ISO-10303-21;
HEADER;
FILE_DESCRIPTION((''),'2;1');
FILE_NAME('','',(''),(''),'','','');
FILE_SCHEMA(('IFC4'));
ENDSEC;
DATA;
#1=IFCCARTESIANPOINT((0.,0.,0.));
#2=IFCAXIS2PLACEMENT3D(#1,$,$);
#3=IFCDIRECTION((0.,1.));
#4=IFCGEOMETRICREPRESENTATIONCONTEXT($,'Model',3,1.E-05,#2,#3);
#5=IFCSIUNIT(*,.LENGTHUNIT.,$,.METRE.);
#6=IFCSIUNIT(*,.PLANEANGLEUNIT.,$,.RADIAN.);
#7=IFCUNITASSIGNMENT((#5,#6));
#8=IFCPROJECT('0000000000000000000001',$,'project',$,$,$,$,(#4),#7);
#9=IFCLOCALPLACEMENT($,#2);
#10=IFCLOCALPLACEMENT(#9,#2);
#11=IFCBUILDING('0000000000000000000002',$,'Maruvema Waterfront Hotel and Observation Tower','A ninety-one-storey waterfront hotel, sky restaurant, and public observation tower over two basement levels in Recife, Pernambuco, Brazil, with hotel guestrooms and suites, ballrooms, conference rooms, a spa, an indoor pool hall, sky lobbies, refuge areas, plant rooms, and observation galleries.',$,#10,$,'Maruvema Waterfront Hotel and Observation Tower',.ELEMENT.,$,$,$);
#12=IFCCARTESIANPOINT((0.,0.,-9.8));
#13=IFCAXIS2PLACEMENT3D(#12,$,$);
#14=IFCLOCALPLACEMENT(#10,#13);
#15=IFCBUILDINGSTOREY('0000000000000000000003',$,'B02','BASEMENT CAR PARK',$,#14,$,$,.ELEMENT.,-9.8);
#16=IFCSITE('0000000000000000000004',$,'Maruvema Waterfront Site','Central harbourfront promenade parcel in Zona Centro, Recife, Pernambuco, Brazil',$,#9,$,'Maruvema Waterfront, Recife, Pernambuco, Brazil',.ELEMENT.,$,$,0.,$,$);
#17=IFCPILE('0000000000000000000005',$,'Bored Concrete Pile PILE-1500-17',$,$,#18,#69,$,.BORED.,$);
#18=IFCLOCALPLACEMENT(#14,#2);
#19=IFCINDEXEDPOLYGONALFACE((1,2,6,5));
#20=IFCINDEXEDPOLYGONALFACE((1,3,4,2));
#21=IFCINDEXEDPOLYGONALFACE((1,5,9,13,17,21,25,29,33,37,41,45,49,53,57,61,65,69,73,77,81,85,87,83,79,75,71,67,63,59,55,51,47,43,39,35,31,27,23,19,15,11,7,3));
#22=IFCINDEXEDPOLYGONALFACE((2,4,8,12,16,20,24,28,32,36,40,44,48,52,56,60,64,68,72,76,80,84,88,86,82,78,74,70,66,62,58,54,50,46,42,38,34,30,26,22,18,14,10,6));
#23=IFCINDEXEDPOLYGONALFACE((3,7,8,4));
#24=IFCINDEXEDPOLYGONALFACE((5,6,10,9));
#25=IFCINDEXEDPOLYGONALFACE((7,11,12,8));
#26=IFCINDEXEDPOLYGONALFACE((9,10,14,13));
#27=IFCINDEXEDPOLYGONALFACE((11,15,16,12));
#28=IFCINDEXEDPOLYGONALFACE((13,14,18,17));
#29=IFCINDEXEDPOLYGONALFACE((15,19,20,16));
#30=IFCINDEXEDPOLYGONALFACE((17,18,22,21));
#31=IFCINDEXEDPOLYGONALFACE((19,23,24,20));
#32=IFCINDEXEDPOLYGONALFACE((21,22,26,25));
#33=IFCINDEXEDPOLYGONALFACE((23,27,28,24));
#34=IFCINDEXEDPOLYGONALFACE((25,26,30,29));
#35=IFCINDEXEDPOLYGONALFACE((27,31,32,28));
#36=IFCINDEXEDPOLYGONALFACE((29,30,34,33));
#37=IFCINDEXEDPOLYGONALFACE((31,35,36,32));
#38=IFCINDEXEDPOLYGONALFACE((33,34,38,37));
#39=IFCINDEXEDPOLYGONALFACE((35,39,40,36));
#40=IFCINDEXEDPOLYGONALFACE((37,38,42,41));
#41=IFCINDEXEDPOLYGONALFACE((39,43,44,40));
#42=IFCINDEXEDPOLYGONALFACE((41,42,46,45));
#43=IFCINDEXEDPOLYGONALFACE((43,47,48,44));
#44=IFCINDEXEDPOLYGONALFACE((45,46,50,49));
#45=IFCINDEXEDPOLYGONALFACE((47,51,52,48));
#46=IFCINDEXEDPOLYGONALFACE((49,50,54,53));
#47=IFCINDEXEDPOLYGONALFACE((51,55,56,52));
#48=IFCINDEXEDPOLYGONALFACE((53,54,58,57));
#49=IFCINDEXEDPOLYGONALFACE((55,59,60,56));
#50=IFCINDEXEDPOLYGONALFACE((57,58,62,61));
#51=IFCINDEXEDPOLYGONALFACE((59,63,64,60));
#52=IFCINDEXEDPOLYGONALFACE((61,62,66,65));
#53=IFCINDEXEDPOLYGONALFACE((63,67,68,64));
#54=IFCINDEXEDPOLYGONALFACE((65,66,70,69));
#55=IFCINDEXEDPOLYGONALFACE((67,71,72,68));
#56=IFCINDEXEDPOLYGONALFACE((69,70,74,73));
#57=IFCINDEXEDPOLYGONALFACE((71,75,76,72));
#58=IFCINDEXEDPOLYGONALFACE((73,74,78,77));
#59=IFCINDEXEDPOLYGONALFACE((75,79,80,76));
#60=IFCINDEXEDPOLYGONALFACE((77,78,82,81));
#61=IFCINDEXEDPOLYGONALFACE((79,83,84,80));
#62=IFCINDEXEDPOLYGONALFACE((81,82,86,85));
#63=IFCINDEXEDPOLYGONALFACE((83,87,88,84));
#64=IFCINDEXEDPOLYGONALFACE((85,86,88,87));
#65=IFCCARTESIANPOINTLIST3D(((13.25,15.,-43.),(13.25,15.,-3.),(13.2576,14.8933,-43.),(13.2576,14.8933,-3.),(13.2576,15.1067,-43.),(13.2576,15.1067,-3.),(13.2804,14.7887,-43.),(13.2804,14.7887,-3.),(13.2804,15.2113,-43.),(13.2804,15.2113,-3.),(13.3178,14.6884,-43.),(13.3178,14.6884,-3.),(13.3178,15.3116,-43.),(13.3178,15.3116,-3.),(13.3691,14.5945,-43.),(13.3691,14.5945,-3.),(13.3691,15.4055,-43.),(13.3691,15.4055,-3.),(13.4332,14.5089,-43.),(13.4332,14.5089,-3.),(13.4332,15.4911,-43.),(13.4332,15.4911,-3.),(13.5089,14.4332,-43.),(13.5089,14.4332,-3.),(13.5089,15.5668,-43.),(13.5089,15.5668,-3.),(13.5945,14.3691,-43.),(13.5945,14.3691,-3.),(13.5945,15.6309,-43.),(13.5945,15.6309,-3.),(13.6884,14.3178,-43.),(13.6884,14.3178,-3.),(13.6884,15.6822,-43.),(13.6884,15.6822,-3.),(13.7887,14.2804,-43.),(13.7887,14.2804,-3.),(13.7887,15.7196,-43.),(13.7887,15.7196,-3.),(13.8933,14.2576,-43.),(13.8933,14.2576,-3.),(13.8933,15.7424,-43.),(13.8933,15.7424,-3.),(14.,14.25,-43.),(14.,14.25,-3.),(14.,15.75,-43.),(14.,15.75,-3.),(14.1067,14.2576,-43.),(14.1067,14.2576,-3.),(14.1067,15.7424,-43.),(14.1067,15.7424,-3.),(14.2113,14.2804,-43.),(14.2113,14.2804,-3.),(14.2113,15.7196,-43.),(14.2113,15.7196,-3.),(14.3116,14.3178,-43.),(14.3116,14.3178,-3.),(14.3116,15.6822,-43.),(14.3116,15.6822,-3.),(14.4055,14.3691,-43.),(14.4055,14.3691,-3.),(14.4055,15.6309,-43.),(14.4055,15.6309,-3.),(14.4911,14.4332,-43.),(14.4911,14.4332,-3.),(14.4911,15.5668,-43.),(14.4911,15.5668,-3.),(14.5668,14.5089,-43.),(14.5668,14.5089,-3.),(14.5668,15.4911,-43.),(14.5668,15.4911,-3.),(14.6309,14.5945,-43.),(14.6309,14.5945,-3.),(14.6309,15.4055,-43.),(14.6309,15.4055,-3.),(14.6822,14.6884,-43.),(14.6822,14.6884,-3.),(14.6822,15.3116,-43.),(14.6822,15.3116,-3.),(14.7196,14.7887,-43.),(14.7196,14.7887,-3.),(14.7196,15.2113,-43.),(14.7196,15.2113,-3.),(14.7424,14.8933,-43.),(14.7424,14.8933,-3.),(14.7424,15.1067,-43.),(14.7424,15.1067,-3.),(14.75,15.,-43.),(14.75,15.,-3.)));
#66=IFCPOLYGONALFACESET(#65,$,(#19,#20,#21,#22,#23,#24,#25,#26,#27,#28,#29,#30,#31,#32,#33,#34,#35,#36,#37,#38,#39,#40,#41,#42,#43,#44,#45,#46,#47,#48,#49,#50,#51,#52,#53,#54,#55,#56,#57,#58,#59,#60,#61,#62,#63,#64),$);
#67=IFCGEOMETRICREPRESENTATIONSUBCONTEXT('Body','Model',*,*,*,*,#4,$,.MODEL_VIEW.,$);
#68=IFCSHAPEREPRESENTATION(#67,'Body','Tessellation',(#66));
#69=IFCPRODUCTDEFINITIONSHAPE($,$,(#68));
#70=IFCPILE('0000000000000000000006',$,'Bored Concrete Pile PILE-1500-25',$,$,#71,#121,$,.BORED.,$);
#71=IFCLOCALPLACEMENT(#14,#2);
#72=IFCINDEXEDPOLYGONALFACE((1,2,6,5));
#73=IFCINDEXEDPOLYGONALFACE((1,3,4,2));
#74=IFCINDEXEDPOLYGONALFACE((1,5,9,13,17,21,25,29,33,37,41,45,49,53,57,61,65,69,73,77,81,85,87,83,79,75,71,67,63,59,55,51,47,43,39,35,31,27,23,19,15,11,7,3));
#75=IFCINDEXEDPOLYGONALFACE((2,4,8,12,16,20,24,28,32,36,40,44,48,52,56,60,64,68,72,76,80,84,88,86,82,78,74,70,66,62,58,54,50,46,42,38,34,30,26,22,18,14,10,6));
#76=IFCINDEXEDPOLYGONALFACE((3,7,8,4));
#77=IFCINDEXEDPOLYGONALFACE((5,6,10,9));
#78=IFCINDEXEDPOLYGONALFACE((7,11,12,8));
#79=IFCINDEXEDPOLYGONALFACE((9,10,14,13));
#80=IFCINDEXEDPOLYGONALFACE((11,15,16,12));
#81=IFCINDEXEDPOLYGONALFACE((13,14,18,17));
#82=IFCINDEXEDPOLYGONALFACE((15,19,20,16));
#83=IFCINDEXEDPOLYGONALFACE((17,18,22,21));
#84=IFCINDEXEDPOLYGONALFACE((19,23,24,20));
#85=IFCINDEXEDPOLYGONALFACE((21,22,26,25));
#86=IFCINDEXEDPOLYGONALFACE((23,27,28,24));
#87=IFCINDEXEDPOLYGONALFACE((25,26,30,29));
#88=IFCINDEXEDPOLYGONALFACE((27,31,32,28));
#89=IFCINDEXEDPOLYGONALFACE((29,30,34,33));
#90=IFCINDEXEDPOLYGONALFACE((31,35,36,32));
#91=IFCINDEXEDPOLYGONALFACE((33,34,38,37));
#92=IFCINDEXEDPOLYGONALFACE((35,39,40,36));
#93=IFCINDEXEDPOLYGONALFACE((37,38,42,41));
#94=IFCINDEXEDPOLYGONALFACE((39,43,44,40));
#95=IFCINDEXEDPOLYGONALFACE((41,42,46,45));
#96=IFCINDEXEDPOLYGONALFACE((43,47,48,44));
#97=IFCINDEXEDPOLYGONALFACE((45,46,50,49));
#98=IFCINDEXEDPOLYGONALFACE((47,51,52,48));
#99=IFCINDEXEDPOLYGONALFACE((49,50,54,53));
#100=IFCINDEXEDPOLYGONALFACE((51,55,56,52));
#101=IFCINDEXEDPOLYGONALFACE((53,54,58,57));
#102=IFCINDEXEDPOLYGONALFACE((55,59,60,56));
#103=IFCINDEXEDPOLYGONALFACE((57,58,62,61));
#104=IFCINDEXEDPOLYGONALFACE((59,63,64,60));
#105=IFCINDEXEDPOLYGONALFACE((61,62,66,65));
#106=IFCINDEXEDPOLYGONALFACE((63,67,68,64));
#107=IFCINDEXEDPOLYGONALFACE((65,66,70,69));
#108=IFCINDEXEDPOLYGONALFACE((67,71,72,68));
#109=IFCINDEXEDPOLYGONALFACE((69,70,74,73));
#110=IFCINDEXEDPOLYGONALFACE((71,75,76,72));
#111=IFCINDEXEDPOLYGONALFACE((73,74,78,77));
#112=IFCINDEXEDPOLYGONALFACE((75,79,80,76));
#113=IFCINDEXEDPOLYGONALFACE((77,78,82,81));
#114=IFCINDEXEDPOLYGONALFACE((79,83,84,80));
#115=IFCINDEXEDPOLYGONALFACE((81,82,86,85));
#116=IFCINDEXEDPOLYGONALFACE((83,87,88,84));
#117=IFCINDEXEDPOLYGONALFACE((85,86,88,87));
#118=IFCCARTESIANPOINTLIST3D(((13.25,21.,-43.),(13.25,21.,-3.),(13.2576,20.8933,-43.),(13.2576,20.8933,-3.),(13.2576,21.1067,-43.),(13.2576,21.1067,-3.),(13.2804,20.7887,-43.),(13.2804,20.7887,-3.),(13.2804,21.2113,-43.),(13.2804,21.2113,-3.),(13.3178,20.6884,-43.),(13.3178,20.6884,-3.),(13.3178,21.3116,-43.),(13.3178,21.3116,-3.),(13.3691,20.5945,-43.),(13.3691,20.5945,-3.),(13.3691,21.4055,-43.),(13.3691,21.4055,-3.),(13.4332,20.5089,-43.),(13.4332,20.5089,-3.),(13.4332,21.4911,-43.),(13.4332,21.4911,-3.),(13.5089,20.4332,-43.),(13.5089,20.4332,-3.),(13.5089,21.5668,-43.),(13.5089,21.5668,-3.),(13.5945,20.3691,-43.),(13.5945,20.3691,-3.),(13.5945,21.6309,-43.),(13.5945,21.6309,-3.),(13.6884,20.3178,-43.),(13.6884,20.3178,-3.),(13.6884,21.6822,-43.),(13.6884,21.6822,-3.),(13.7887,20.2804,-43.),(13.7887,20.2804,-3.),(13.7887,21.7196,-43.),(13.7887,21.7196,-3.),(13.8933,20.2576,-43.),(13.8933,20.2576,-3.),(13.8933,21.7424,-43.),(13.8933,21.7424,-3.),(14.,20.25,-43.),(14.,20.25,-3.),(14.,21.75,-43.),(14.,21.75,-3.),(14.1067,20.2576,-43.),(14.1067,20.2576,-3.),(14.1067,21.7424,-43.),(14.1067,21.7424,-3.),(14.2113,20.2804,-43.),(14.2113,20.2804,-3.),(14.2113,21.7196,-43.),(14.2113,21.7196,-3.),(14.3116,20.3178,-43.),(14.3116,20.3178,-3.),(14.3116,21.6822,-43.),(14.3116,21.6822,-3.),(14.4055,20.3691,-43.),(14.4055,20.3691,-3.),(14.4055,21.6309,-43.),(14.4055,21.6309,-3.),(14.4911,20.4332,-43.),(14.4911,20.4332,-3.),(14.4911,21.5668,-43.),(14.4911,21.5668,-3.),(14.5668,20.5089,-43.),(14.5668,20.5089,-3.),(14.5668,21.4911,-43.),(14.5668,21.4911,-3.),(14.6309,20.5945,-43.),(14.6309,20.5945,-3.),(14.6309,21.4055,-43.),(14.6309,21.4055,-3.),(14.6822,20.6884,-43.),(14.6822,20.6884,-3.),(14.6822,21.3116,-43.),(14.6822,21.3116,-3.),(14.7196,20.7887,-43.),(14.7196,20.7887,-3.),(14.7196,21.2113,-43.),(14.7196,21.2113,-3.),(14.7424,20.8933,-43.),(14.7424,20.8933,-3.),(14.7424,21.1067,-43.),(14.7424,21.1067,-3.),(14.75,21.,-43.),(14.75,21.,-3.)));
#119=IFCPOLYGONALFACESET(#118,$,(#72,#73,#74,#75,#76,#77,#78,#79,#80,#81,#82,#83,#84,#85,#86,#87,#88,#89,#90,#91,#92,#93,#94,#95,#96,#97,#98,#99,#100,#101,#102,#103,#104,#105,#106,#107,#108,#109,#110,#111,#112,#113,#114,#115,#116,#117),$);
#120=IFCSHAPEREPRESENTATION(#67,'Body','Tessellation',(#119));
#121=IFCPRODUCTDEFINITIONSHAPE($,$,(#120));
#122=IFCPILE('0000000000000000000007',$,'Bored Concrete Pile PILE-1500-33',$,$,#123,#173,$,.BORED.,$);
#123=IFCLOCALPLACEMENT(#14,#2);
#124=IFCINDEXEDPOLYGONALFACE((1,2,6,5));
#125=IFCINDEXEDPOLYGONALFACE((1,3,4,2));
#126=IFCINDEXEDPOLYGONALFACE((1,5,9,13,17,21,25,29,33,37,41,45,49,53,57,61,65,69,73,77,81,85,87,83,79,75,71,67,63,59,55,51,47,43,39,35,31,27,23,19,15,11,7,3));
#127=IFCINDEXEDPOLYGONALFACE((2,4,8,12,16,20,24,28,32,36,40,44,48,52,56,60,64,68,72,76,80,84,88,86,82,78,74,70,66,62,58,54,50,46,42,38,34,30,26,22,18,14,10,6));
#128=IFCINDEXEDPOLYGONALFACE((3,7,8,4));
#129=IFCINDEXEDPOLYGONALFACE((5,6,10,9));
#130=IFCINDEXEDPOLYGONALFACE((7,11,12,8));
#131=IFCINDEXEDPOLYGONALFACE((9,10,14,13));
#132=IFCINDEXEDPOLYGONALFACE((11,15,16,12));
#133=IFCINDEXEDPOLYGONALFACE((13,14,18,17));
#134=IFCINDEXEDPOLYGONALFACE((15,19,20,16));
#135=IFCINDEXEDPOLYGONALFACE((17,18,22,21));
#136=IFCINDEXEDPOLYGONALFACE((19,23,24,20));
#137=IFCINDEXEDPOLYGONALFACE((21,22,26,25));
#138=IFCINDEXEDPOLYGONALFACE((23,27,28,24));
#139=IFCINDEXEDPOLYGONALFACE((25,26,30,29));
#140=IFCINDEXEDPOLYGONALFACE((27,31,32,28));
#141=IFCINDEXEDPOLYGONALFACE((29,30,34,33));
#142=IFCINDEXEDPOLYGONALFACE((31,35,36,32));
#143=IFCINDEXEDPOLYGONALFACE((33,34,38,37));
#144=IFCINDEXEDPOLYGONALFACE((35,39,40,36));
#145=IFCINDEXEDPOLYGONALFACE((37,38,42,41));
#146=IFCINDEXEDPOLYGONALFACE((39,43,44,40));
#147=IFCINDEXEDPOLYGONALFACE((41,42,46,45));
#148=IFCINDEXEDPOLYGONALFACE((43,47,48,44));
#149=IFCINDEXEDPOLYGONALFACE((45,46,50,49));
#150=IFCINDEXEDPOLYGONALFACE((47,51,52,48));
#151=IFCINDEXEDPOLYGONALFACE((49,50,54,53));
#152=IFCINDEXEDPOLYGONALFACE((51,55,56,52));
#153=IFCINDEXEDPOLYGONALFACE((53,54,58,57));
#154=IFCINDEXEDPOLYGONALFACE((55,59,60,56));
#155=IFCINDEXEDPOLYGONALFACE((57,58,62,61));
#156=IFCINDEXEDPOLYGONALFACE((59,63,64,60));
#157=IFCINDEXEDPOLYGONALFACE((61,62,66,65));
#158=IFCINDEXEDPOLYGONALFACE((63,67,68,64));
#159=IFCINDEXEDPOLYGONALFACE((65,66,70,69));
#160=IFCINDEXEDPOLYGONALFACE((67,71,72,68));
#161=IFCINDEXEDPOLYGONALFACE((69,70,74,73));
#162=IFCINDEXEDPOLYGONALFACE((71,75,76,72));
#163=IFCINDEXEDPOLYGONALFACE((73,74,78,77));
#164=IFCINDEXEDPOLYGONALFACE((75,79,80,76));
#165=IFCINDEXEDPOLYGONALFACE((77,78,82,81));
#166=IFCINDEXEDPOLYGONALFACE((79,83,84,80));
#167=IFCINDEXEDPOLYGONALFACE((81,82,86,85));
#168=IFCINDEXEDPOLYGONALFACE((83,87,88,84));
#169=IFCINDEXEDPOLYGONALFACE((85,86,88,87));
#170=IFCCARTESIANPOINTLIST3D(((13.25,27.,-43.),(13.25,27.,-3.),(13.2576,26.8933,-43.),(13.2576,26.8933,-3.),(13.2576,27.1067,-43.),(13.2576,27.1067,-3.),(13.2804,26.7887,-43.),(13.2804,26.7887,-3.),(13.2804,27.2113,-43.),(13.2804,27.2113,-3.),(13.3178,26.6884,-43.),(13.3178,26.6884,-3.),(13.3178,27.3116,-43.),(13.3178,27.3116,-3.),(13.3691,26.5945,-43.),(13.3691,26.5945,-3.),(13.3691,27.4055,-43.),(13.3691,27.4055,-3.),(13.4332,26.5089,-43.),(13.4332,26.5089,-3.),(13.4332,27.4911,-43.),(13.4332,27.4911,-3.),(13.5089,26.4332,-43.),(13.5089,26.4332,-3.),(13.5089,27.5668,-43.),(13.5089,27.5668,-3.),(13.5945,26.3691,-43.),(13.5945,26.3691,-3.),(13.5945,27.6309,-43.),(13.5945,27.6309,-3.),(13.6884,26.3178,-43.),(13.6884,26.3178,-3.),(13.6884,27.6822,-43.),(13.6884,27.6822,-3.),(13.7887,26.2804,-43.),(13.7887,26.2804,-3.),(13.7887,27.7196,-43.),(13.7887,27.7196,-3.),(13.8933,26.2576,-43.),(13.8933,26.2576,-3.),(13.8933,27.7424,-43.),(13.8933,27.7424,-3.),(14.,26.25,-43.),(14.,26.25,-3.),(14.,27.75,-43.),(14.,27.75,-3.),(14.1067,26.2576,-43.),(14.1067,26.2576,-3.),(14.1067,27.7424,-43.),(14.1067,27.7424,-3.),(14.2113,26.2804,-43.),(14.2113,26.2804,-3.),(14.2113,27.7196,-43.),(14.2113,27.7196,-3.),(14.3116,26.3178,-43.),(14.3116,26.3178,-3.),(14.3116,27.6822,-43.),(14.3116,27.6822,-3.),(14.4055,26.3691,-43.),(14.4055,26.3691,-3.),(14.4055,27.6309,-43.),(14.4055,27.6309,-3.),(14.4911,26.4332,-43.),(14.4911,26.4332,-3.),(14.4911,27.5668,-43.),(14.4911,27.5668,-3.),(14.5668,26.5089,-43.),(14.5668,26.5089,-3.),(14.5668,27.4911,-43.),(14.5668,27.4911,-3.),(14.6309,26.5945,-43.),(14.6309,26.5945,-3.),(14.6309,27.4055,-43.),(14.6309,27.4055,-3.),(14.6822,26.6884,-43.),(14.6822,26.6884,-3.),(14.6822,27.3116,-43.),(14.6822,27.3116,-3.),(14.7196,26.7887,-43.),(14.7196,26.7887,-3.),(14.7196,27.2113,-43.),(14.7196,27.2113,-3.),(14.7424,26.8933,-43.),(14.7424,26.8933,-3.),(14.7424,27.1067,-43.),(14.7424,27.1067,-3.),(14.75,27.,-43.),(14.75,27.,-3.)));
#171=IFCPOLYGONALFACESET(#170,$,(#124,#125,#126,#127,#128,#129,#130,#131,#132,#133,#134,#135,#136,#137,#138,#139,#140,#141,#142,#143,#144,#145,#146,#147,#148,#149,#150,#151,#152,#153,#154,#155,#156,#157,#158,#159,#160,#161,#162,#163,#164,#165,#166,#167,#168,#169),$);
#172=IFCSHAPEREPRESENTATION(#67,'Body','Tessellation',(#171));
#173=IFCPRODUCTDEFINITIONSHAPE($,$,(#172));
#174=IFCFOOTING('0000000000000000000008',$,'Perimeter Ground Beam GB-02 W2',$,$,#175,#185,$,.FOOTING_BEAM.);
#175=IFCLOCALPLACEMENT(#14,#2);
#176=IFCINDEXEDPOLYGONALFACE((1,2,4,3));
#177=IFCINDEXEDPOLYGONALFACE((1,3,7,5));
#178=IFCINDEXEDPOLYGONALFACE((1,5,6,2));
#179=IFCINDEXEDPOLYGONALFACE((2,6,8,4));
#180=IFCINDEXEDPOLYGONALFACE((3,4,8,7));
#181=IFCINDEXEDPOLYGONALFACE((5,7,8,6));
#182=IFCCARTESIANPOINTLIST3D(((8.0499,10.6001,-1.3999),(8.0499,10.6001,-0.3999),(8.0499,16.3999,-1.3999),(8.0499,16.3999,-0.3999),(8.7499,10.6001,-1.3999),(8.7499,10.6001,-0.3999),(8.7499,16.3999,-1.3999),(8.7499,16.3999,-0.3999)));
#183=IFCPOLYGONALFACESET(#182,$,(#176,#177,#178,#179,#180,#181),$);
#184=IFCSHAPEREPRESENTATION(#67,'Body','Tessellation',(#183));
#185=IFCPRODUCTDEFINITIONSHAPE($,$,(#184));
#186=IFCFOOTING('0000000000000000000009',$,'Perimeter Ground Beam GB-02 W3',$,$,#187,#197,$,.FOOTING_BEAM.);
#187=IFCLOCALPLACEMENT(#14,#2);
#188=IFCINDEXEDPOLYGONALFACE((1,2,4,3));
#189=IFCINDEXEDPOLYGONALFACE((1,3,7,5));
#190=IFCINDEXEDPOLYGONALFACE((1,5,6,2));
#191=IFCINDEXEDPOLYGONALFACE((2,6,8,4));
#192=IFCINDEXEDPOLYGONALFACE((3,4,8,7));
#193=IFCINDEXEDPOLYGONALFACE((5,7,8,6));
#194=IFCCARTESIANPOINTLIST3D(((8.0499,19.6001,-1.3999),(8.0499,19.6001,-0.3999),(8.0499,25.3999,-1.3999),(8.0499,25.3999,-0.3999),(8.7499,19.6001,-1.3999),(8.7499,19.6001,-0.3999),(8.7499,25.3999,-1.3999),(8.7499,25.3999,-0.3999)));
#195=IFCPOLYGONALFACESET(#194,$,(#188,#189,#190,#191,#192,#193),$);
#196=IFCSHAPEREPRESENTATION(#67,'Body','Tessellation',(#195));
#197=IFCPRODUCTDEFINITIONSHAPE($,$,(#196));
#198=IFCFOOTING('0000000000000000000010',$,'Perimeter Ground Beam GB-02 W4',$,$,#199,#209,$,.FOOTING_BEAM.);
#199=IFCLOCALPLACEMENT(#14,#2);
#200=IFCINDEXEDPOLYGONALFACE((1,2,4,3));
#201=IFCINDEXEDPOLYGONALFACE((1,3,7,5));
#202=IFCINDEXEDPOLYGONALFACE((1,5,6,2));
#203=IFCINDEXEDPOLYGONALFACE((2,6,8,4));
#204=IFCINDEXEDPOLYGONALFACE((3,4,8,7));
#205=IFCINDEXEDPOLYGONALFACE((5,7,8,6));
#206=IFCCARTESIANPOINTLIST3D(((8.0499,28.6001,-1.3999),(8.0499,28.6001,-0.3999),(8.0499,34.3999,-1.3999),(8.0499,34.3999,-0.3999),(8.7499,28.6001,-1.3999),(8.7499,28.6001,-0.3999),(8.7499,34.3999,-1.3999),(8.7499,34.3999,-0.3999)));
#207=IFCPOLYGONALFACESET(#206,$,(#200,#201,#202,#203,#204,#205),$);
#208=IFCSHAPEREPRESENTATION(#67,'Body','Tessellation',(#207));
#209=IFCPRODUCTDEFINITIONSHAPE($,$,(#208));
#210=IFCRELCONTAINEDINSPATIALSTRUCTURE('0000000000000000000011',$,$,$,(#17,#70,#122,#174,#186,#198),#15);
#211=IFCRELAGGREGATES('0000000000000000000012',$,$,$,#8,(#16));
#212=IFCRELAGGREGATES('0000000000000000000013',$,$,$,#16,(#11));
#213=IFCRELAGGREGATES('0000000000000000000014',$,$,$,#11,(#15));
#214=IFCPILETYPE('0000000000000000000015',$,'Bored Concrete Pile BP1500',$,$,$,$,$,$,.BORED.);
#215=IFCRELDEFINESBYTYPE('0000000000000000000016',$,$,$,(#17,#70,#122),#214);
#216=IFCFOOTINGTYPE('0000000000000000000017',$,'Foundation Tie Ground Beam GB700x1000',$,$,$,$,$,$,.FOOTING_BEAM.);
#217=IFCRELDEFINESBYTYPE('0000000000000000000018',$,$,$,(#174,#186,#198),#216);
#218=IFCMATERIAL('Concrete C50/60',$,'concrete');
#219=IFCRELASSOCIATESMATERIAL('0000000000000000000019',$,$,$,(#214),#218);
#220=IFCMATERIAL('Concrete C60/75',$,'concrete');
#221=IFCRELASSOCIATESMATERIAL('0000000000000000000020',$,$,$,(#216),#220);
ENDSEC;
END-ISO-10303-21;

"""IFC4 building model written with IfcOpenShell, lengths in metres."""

from ifc_helpers import new_model, si_unit, direction, frame, origin, origin_2d, place, context, subcontext, project, spatial, rectangle, circle, extrude, material, material_profile, profile_set, type_object, element, save


model = new_model("IFC4")

# Units and contexts
model_context = context("Model", 3, precision=1e-05, world=origin(), true_north=direction((0.0, 1.0)))
body_context = subcontext(model_context, "Body", "Model", "MODEL_VIEW")
ifc_project = project(units=[si_unit("LENGTHUNIT", "METRE"), si_unit("PLANEANGLEUNIT", "RADIAN")], contexts=[model_context])

# Site, building, storey
site_placement = place(None, origin())
site = spatial("IfcSite", under=ifc_project, at=site_placement, Name="Maruvema Waterfront Site", Description="Central harbourfront promenade parcel in Zona Centro, Recife, Pernambuco, Brazil", LongName="Maruvema Waterfront, Recife, Pernambuco, Brazil", CompositionType="ELEMENT", RefElevation=0.0)
building_placement = place(site_placement, origin())
building = spatial("IfcBuilding", under=site, at=building_placement, Name="Maruvema Waterfront Hotel and Observation Tower", Description="A ninety-one-storey waterfront hotel, sky restaurant, and public observation tower over two basement levels in Recife, Pernambuco, Brazil, with hotel guestrooms and suites, ballrooms, conference rooms, a spa, an indoor pool hall, sky lobbies, refuge areas, plant rooms, and observation galleries.", LongName="Maruvema Waterfront Hotel and Observation Tower", CompositionType="ELEMENT")
storey_placement = place(building_placement, frame((0.0, 0.0, -9.8)))
storey = spatial("IfcBuildingStorey", under=building, at=storey_placement, Name="B02", Description="BASEMENT CAR PARK", CompositionType="ELEMENT", Elevation=-9.8)

# Piles
ifc_material_1 = material(Name="Concrete C50/60", Category="concrete")
ifc_material_profile_1 = material_profile(ifc_material_1, circle(Radius=0.75, at=origin_2d()), Name="BP1500")
ifc_profile_set_1 = profile_set([ifc_material_profile_1], Name="Concrete C50/60")
pile_type_1 = type_object("IfcPileType", Name="Bored Concrete Pile BP1500", PredefinedType="BORED", material=ifc_profile_set_1)
for number, where, z_axis, x_axis, name in (
    (1, (14.0, 15.0, -3.0), (0.0, 0.0, -1.0), (1.0, 0.0, 0.0), "Bored Concrete Pile PILE-1500-17"),
    (2, (14.0, 21.0, -3.0), (0.0, 0.0, -1.0), (1.0, 0.0, 0.0), "Bored Concrete Pile PILE-1500-25"),
    (3, (14.0, 27.0, -3.0), (0.0, 0.0, -1.0), (1.0, 0.0, 0.0), "Bored Concrete Pile PILE-1500-33"),
):
    element("IfcPile", number, at=place(storey_placement, frame(where, z_axis=z_axis, x_axis=x_axis)), inside=storey, type_object=pile_type_1, Name=name, PredefinedType="BORED", context=body_context, shape_type="SweptSolid", body=[
        extrude(circle(Radius=0.75, at=origin_2d()), origin(), (0.0, 0.0, 1.0), 40.0),
    ])

# Footings
ifc_material_2 = material(Name="Concrete C60/75", Category="concrete")
ifc_material_profile_2 = material_profile(ifc_material_2, rectangle(XDim=0.7, YDim=1.0, at=origin_2d()), Name="GB700x1000")
ifc_profile_set_2 = profile_set([ifc_material_profile_2], Name="Concrete C60/75")
footing_type_1 = type_object("IfcFootingType", Name="Foundation Tie Ground Beam GB700x1000", PredefinedType="FOOTING_BEAM", material=ifc_profile_set_2)
for number, where, z_axis, x_axis, name in (
    (4, (8.3999, 10.6001, -0.8999), (0.0, 1.0, 0.0), (-1.0, 0.0, 0.0), "Perimeter Ground Beam GB-02 W2"),
    (5, (8.3999, 19.6001, -0.8999), (0.0, 1.0, 0.0), (-1.0, 0.0, 0.0), "Perimeter Ground Beam GB-02 W3"),
    (6, (8.3999, 28.6001, -0.8999), (0.0, 1.0, 0.0), (-1.0, 0.0, 0.0), "Perimeter Ground Beam GB-02 W4"),
):
    element("IfcFooting", number, at=place(storey_placement, frame(where, z_axis=z_axis, x_axis=x_axis)), inside=storey, type_object=footing_type_1, Name=name, PredefinedType="FOOTING_BEAM", context=body_context, shape_type="SweptSolid", body=[
        extrude(rectangle(XDim=0.7, YDim=1.0, at=origin_2d()), origin(), (0.0, 0.0, 1.0), 5.7998),
    ])

save(model, "model.ifc")
